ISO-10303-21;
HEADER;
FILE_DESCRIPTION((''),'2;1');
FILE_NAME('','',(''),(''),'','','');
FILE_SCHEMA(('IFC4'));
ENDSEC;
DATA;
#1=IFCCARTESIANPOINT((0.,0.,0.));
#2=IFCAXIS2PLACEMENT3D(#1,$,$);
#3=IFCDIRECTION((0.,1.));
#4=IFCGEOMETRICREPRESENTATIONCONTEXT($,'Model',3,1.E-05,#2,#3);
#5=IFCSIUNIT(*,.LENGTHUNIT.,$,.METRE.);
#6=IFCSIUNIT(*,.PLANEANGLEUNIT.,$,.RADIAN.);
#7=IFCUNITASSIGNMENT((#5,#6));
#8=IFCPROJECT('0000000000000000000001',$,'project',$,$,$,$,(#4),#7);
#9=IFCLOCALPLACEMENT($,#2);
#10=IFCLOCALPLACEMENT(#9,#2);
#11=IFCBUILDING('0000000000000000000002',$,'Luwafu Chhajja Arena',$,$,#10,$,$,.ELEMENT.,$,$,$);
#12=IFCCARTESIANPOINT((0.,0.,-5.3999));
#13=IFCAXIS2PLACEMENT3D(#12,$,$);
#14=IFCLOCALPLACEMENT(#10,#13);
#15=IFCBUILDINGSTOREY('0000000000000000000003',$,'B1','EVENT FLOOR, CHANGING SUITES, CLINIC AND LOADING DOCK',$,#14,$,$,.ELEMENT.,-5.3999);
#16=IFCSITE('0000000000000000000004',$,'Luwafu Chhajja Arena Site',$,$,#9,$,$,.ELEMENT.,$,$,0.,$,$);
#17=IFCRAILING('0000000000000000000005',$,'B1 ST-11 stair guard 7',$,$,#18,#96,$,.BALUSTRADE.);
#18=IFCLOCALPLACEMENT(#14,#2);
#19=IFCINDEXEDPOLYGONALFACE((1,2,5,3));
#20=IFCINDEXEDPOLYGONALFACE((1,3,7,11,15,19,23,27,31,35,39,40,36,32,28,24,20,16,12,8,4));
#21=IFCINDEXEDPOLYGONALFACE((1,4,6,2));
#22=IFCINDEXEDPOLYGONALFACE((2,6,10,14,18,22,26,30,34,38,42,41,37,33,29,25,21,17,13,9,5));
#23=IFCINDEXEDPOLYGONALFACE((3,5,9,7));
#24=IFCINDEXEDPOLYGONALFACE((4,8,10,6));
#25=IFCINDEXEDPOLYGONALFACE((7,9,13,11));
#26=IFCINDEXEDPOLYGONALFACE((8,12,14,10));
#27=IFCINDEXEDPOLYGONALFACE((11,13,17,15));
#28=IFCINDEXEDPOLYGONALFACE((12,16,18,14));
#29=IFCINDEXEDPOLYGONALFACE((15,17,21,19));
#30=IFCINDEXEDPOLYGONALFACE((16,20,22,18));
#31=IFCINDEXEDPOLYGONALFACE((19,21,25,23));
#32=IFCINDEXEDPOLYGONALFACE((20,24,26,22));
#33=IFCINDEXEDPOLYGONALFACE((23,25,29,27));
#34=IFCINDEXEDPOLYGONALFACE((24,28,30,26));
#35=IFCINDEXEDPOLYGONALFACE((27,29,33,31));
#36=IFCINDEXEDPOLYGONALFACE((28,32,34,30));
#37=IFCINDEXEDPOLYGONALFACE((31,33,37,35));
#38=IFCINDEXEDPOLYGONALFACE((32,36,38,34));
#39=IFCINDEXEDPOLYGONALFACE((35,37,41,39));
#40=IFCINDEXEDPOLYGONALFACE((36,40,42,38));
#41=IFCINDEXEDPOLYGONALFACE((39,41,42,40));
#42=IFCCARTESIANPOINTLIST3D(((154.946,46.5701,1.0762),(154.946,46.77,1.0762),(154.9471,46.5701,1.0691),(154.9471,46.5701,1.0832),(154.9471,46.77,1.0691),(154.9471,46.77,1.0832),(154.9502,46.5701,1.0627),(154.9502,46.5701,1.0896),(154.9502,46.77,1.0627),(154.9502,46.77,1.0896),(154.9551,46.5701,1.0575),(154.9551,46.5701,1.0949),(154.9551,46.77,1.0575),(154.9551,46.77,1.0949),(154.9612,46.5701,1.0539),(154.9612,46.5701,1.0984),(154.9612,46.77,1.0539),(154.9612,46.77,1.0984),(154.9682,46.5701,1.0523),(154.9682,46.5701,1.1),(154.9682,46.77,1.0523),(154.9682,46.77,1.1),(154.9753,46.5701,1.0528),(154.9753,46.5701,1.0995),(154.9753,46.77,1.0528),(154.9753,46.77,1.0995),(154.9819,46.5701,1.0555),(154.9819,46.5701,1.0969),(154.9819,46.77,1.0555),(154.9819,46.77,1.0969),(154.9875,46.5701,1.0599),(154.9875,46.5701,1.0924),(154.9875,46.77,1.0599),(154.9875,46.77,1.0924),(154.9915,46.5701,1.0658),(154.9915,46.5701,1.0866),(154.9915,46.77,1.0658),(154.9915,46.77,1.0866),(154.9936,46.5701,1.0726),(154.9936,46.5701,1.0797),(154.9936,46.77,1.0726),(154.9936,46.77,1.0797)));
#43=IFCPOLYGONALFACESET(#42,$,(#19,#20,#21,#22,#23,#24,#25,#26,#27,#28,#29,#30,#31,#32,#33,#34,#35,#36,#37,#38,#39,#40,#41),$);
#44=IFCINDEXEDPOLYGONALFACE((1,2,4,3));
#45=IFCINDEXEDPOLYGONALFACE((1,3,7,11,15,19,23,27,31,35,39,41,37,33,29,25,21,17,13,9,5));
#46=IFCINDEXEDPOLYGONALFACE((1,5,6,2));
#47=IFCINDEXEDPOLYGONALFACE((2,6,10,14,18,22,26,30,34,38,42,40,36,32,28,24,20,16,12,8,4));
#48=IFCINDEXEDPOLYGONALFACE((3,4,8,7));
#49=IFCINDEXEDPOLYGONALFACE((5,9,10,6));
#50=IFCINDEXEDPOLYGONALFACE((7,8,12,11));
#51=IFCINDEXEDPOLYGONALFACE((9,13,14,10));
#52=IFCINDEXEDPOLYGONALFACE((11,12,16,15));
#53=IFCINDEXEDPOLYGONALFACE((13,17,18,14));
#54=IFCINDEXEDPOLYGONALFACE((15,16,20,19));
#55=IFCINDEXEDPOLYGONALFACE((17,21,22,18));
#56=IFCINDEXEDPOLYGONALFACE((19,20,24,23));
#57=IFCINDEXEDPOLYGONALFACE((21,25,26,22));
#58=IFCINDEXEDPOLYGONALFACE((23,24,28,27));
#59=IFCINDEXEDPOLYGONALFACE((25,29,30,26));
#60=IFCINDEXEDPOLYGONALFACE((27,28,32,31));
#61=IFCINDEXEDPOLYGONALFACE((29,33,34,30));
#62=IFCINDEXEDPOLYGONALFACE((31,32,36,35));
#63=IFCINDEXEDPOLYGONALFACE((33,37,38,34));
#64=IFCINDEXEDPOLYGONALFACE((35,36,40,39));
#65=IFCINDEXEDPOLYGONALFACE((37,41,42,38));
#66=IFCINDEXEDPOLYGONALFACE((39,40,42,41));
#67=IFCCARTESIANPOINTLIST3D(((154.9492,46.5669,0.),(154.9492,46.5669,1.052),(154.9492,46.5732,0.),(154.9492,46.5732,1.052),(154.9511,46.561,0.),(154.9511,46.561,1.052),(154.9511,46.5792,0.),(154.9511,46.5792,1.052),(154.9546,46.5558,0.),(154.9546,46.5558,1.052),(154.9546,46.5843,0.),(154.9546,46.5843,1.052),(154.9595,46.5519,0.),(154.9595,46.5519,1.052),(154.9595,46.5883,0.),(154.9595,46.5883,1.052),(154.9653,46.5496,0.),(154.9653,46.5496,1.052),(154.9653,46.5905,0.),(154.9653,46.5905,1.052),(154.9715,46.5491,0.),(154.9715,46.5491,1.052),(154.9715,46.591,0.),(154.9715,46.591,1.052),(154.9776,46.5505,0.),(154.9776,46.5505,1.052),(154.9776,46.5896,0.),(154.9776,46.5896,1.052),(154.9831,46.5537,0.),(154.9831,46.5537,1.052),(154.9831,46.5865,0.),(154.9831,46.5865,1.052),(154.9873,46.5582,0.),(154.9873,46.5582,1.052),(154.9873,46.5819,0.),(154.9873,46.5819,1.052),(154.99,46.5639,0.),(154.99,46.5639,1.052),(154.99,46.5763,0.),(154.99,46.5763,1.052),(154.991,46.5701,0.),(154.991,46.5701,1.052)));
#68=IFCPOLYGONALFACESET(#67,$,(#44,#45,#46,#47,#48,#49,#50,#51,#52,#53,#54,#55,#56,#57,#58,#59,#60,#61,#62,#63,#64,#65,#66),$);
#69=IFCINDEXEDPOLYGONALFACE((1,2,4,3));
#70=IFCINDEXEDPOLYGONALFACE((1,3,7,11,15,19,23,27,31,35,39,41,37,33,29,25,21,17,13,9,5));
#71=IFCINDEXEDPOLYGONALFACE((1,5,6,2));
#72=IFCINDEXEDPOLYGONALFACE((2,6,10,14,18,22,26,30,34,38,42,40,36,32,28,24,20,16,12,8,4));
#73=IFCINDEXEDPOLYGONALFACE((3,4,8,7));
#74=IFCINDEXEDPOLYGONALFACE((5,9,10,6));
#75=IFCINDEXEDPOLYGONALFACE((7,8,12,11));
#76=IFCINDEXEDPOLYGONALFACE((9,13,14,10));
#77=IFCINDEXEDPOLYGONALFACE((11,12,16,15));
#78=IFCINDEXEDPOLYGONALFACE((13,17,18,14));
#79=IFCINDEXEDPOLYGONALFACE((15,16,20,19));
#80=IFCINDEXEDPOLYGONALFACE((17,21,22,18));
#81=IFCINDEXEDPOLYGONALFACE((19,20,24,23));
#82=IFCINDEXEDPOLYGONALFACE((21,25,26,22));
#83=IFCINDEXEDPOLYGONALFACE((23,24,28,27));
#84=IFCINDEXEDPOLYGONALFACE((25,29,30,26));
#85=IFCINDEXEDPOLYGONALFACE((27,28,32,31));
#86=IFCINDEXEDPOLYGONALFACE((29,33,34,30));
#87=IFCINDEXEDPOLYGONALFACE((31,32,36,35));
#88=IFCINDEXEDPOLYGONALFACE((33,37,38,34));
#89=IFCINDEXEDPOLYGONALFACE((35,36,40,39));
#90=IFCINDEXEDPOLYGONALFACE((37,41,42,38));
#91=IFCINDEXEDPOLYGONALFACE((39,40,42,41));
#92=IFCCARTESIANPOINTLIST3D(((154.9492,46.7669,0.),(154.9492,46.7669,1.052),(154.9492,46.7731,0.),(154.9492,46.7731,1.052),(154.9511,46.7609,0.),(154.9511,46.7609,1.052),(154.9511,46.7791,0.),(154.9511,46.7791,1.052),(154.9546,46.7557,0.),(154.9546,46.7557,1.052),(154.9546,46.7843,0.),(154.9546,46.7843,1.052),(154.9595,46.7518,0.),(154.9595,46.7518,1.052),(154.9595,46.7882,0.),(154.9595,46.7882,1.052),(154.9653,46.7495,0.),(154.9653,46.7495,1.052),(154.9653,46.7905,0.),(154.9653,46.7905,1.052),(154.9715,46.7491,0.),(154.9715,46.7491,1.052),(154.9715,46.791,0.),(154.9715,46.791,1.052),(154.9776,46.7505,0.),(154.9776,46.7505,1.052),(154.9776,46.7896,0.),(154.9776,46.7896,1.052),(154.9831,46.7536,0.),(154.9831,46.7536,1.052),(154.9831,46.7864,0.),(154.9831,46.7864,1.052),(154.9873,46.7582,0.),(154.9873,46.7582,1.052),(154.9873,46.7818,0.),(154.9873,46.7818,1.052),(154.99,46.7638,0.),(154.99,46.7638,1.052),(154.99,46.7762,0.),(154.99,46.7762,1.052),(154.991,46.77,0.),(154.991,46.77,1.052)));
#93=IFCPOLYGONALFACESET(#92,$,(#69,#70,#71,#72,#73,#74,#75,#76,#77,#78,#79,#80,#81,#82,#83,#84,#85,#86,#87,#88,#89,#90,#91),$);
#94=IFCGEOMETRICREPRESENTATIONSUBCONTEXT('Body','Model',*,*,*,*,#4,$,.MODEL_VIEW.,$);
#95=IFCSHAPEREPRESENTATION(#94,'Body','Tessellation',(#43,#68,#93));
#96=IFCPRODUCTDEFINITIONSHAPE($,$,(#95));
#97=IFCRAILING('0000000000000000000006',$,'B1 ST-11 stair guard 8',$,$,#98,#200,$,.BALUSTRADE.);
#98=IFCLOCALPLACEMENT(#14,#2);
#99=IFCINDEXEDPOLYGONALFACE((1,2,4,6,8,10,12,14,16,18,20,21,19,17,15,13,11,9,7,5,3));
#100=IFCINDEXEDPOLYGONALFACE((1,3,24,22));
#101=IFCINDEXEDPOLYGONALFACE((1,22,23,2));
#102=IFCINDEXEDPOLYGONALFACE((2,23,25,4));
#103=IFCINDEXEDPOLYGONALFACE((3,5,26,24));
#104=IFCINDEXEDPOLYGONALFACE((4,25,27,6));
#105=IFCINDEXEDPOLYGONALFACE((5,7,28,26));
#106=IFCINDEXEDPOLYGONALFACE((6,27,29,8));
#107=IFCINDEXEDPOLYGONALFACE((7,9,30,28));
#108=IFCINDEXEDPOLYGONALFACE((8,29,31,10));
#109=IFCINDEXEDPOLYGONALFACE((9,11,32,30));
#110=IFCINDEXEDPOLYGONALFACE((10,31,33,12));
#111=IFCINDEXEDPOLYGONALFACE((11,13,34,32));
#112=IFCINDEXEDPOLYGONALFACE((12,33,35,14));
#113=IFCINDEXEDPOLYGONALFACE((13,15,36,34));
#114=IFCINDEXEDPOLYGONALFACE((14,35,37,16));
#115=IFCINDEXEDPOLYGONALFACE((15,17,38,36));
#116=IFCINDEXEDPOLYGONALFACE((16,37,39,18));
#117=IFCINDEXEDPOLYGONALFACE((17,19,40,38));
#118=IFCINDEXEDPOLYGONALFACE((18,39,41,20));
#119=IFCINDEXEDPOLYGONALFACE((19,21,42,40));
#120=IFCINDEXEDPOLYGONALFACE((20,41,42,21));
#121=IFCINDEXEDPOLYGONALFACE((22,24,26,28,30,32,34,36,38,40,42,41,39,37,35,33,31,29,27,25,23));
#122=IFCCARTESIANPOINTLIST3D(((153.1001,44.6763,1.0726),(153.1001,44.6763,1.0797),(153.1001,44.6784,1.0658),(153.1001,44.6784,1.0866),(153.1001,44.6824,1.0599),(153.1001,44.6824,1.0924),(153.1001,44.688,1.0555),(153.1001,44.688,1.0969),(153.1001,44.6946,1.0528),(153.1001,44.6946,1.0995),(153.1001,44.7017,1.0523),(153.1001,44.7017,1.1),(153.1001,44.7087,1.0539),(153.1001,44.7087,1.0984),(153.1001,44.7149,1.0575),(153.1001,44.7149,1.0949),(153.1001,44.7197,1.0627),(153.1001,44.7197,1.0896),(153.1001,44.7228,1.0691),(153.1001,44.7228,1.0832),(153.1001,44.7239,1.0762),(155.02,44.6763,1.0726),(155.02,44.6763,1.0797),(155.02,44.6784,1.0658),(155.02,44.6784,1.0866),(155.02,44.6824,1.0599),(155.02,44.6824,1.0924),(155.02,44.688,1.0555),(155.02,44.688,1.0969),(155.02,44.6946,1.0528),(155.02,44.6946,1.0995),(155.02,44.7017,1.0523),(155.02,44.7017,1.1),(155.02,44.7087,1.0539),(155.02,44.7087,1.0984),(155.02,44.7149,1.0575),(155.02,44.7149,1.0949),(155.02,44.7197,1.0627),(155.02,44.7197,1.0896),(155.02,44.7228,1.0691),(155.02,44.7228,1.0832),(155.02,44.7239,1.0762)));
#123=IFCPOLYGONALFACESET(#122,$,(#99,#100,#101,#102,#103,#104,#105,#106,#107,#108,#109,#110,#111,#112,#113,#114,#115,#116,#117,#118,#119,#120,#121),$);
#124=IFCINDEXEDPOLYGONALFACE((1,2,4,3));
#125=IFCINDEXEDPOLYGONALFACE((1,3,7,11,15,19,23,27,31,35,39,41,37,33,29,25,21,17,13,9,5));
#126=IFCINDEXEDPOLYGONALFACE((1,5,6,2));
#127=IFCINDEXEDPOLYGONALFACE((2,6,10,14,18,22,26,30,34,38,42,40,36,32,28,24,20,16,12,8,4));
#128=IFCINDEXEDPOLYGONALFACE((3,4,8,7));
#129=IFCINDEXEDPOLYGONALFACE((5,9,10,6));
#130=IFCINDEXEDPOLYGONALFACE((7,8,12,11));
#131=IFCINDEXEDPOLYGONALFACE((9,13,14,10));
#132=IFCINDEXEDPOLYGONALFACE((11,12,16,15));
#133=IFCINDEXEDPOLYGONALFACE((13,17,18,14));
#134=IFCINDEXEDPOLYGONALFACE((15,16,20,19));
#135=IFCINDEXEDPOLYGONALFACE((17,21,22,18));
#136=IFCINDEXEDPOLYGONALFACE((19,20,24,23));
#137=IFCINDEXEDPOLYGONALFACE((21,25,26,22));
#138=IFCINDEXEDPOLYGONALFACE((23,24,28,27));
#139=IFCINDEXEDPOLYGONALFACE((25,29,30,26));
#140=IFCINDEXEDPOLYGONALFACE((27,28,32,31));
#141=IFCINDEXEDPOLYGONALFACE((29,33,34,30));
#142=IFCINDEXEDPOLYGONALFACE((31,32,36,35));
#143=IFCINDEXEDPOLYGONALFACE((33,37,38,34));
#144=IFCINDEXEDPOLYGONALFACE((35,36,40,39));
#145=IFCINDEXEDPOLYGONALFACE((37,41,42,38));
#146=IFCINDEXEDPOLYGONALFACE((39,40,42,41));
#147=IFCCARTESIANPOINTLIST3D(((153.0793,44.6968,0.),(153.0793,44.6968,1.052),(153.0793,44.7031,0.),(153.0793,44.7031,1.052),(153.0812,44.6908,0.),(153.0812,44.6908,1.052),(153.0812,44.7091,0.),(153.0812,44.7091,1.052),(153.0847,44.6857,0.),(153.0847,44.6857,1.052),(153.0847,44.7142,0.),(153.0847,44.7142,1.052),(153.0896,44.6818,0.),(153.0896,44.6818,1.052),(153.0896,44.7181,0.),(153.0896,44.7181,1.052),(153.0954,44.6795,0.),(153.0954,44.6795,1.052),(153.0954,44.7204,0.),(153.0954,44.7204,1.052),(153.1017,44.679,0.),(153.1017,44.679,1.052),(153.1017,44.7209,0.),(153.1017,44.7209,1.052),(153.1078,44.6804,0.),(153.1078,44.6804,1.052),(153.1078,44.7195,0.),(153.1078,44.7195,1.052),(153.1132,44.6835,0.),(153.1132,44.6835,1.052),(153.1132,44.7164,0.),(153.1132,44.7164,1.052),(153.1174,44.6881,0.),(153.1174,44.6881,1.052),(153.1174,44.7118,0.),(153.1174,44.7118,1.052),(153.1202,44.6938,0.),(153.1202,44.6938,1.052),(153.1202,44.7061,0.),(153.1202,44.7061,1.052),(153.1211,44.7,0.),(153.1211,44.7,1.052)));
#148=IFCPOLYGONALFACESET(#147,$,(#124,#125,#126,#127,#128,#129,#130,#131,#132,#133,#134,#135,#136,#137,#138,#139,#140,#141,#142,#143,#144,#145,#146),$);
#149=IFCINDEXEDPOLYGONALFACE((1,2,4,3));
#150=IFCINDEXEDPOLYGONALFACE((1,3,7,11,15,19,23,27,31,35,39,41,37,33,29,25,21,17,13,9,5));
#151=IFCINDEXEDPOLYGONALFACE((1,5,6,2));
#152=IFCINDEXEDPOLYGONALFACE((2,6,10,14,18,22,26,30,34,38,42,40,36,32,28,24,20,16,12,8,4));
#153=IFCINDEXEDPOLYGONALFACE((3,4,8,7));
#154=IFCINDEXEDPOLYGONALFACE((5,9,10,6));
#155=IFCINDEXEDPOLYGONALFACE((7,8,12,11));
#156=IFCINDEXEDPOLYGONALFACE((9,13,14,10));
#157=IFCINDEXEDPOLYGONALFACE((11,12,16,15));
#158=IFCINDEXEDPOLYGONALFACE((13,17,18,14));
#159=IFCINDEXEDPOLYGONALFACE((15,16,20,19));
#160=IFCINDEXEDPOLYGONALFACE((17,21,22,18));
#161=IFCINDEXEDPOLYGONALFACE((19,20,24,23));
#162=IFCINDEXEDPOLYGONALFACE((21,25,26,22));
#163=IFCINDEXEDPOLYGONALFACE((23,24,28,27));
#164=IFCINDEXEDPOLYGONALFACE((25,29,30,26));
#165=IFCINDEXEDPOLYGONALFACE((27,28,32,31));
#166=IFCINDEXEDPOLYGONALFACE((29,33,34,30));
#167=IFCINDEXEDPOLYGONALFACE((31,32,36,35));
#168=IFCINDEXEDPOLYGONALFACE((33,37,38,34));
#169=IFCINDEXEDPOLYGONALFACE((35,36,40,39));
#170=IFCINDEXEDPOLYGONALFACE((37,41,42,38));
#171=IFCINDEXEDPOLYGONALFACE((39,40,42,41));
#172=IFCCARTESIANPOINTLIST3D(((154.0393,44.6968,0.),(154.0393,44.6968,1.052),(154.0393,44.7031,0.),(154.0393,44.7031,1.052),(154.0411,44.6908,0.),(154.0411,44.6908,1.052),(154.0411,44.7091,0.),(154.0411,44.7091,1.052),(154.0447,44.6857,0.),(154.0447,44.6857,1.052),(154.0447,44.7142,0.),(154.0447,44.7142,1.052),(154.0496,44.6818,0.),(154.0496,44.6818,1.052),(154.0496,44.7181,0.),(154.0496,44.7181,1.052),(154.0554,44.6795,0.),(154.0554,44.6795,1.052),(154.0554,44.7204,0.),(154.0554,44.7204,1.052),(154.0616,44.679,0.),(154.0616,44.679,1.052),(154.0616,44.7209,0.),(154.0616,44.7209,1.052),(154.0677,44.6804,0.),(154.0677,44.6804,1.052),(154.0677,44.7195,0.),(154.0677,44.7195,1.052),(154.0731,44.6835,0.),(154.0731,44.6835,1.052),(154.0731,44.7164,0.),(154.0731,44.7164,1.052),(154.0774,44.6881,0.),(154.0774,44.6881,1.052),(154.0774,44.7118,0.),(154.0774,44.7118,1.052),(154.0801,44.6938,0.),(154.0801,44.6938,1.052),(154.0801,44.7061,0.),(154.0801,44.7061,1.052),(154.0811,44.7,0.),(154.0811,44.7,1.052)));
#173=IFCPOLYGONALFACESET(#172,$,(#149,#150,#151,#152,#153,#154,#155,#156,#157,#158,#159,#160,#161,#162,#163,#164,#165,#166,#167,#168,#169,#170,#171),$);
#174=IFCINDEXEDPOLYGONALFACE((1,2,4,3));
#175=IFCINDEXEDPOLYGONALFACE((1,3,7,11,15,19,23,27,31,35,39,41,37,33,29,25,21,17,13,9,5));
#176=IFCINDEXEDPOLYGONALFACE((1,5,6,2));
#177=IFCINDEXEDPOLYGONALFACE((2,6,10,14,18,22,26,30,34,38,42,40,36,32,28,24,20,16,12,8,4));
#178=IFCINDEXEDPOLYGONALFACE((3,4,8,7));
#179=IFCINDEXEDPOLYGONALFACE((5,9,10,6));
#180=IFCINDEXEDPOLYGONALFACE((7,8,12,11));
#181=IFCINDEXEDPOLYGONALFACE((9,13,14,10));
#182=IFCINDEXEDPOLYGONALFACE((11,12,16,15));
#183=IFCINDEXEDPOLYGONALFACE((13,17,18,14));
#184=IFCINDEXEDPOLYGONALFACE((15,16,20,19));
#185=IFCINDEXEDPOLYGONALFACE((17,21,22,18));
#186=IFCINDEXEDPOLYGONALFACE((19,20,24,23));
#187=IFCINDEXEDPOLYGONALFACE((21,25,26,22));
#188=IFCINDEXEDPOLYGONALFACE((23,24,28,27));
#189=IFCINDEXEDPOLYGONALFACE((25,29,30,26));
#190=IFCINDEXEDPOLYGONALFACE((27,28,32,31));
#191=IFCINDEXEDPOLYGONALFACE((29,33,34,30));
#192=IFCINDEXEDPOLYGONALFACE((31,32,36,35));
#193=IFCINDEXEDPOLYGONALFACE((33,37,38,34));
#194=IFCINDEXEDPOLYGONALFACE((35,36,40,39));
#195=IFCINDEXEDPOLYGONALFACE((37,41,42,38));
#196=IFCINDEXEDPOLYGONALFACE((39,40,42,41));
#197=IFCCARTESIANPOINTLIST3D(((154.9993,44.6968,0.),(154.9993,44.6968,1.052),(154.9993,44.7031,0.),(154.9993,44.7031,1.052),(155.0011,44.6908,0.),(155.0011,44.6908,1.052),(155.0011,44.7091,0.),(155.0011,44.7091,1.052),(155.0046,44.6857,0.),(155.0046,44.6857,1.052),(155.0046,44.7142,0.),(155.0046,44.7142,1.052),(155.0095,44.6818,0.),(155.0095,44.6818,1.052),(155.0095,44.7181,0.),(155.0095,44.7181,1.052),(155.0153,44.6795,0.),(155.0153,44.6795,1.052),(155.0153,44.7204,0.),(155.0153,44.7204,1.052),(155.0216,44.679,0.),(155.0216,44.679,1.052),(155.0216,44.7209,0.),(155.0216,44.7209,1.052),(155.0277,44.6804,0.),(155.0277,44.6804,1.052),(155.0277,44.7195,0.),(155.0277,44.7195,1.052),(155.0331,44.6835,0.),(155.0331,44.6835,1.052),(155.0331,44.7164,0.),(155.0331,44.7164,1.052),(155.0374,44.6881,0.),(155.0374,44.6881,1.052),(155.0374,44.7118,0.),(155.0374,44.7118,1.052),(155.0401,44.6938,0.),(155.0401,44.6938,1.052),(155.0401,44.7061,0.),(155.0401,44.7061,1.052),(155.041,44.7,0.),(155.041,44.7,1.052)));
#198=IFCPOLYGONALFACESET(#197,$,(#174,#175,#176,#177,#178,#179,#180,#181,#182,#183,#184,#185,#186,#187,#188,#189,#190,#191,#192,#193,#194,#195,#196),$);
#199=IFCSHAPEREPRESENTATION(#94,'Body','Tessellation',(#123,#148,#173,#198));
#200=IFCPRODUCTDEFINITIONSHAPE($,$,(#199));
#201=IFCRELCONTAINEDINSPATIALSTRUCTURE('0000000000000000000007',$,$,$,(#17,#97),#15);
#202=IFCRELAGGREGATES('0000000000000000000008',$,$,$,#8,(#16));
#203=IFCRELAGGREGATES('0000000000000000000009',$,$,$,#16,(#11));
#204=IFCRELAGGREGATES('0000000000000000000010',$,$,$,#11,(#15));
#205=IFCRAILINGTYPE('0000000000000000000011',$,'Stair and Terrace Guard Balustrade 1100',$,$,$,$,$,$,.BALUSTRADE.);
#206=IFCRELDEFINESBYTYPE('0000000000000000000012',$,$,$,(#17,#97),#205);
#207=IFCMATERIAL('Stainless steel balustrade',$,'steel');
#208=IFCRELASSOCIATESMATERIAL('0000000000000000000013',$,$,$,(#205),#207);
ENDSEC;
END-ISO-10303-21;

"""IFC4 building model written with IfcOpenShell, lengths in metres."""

from ifc_helpers import new_model, si_unit, direction, frame, origin, origin_2d, place, context, subcontext, project, spatial, circle, extrude, material, type_object, element, save


model = new_model("IFC4")

# Units and contexts
model_context = context("Model", 3, precision=1e-05, world=origin(), true_north=direction((0.0, 1.0)))
body_context = subcontext(model_context, "Body", "Model", "MODEL_VIEW")
ifc_project = project(units=[si_unit("LENGTHUNIT", "METRE"), si_unit("PLANEANGLEUNIT", "RADIAN")], contexts=[model_context])

# Site, building, storey
site_placement = place(None, origin())
site = spatial("IfcSite", under=ifc_project, at=site_placement, Name="Luwafu Chhajja Arena Site", CompositionType="ELEMENT", RefElevation=0.0)
building_placement = place(site_placement, origin())
building = spatial("IfcBuilding", under=site, at=building_placement, Name="Luwafu Chhajja Arena", CompositionType="ELEMENT")
storey_placement = place(building_placement, frame((0.0, 0.0, -5.3999)))
storey = spatial("IfcBuildingStorey", under=building, at=storey_placement, Name="B1", Description="EVENT FLOOR, CHANGING SUITES, CLINIC AND LOADING DOCK", CompositionType="ELEMENT", Elevation=-5.3999)

# Railings
ifc_material_1 = material(Name="Stainless steel balustrade", Category="steel")
railing_type_1 = type_object("IfcRailingType", Name="Stair and Terrace Guard Balustrade 1100", PredefinedType="BALUSTRADE", material=ifc_material_1)
railing_1_placement = place(storey_placement, frame((154.97, 46.5701, 0.0)))
element("IfcRailing", 1, at=railing_1_placement, inside=storey, type_object=railing_type_1, Name="B1 ST-11 stair guard 7", PredefinedType="BALUSTRADE", context=body_context, shape_type="SweptSolid", body=[
    extrude(circle(Radius=0.0239, at=origin_2d()), frame((0.0, 0.0, 1.0762), z_axis=(0.0, 1.0, 0.0), x_axis=(-1.0, 0.0, 0.0)), (0.0, 0.0, 1.0), 0.2),
    extrude(circle(Radius=0.021, at=origin_2d()), origin(), (0.0, 0.0, 1.0), 1.052),
    extrude(circle(Radius=0.021, at=origin_2d()), frame((0.0, 0.2, 0.0)), (0.0, 0.0, 1.0), 1.052),
])
for number, where, name in (
    (2, (153.1001, 44.7, 0.0), "B1 ST-11 stair guard 8"),
):
    element("IfcRailing", number, at=place(storey_placement, frame(where)), inside=storey, type_object=railing_type_1, Name=name, PredefinedType="BALUSTRADE", context=body_context, shape_type="SweptSolid", body=[
        extrude(circle(Radius=0.0239, at=origin_2d()), frame((0.0, 0.0, 1.0762), z_axis=(1.0, 0.0, 0.0), x_axis=(0.0, 1.0, 0.0)), (0.0, 0.0, 1.0), 1.9199),
        extrude(circle(Radius=0.021, at=origin_2d()), origin(), (0.0, 0.0, 1.0), 1.052),
        extrude(circle(Radius=0.021, at=origin_2d()), frame((0.96, 0.0, 0.0)), (0.0, 0.0, 1.0), 1.052),
        extrude(circle(Radius=0.021, at=origin_2d()), frame((1.9199, 0.0, 0.0)), (0.0, 0.0, 1.0), 1.052),
    ])

save(model, "model.ifc")
